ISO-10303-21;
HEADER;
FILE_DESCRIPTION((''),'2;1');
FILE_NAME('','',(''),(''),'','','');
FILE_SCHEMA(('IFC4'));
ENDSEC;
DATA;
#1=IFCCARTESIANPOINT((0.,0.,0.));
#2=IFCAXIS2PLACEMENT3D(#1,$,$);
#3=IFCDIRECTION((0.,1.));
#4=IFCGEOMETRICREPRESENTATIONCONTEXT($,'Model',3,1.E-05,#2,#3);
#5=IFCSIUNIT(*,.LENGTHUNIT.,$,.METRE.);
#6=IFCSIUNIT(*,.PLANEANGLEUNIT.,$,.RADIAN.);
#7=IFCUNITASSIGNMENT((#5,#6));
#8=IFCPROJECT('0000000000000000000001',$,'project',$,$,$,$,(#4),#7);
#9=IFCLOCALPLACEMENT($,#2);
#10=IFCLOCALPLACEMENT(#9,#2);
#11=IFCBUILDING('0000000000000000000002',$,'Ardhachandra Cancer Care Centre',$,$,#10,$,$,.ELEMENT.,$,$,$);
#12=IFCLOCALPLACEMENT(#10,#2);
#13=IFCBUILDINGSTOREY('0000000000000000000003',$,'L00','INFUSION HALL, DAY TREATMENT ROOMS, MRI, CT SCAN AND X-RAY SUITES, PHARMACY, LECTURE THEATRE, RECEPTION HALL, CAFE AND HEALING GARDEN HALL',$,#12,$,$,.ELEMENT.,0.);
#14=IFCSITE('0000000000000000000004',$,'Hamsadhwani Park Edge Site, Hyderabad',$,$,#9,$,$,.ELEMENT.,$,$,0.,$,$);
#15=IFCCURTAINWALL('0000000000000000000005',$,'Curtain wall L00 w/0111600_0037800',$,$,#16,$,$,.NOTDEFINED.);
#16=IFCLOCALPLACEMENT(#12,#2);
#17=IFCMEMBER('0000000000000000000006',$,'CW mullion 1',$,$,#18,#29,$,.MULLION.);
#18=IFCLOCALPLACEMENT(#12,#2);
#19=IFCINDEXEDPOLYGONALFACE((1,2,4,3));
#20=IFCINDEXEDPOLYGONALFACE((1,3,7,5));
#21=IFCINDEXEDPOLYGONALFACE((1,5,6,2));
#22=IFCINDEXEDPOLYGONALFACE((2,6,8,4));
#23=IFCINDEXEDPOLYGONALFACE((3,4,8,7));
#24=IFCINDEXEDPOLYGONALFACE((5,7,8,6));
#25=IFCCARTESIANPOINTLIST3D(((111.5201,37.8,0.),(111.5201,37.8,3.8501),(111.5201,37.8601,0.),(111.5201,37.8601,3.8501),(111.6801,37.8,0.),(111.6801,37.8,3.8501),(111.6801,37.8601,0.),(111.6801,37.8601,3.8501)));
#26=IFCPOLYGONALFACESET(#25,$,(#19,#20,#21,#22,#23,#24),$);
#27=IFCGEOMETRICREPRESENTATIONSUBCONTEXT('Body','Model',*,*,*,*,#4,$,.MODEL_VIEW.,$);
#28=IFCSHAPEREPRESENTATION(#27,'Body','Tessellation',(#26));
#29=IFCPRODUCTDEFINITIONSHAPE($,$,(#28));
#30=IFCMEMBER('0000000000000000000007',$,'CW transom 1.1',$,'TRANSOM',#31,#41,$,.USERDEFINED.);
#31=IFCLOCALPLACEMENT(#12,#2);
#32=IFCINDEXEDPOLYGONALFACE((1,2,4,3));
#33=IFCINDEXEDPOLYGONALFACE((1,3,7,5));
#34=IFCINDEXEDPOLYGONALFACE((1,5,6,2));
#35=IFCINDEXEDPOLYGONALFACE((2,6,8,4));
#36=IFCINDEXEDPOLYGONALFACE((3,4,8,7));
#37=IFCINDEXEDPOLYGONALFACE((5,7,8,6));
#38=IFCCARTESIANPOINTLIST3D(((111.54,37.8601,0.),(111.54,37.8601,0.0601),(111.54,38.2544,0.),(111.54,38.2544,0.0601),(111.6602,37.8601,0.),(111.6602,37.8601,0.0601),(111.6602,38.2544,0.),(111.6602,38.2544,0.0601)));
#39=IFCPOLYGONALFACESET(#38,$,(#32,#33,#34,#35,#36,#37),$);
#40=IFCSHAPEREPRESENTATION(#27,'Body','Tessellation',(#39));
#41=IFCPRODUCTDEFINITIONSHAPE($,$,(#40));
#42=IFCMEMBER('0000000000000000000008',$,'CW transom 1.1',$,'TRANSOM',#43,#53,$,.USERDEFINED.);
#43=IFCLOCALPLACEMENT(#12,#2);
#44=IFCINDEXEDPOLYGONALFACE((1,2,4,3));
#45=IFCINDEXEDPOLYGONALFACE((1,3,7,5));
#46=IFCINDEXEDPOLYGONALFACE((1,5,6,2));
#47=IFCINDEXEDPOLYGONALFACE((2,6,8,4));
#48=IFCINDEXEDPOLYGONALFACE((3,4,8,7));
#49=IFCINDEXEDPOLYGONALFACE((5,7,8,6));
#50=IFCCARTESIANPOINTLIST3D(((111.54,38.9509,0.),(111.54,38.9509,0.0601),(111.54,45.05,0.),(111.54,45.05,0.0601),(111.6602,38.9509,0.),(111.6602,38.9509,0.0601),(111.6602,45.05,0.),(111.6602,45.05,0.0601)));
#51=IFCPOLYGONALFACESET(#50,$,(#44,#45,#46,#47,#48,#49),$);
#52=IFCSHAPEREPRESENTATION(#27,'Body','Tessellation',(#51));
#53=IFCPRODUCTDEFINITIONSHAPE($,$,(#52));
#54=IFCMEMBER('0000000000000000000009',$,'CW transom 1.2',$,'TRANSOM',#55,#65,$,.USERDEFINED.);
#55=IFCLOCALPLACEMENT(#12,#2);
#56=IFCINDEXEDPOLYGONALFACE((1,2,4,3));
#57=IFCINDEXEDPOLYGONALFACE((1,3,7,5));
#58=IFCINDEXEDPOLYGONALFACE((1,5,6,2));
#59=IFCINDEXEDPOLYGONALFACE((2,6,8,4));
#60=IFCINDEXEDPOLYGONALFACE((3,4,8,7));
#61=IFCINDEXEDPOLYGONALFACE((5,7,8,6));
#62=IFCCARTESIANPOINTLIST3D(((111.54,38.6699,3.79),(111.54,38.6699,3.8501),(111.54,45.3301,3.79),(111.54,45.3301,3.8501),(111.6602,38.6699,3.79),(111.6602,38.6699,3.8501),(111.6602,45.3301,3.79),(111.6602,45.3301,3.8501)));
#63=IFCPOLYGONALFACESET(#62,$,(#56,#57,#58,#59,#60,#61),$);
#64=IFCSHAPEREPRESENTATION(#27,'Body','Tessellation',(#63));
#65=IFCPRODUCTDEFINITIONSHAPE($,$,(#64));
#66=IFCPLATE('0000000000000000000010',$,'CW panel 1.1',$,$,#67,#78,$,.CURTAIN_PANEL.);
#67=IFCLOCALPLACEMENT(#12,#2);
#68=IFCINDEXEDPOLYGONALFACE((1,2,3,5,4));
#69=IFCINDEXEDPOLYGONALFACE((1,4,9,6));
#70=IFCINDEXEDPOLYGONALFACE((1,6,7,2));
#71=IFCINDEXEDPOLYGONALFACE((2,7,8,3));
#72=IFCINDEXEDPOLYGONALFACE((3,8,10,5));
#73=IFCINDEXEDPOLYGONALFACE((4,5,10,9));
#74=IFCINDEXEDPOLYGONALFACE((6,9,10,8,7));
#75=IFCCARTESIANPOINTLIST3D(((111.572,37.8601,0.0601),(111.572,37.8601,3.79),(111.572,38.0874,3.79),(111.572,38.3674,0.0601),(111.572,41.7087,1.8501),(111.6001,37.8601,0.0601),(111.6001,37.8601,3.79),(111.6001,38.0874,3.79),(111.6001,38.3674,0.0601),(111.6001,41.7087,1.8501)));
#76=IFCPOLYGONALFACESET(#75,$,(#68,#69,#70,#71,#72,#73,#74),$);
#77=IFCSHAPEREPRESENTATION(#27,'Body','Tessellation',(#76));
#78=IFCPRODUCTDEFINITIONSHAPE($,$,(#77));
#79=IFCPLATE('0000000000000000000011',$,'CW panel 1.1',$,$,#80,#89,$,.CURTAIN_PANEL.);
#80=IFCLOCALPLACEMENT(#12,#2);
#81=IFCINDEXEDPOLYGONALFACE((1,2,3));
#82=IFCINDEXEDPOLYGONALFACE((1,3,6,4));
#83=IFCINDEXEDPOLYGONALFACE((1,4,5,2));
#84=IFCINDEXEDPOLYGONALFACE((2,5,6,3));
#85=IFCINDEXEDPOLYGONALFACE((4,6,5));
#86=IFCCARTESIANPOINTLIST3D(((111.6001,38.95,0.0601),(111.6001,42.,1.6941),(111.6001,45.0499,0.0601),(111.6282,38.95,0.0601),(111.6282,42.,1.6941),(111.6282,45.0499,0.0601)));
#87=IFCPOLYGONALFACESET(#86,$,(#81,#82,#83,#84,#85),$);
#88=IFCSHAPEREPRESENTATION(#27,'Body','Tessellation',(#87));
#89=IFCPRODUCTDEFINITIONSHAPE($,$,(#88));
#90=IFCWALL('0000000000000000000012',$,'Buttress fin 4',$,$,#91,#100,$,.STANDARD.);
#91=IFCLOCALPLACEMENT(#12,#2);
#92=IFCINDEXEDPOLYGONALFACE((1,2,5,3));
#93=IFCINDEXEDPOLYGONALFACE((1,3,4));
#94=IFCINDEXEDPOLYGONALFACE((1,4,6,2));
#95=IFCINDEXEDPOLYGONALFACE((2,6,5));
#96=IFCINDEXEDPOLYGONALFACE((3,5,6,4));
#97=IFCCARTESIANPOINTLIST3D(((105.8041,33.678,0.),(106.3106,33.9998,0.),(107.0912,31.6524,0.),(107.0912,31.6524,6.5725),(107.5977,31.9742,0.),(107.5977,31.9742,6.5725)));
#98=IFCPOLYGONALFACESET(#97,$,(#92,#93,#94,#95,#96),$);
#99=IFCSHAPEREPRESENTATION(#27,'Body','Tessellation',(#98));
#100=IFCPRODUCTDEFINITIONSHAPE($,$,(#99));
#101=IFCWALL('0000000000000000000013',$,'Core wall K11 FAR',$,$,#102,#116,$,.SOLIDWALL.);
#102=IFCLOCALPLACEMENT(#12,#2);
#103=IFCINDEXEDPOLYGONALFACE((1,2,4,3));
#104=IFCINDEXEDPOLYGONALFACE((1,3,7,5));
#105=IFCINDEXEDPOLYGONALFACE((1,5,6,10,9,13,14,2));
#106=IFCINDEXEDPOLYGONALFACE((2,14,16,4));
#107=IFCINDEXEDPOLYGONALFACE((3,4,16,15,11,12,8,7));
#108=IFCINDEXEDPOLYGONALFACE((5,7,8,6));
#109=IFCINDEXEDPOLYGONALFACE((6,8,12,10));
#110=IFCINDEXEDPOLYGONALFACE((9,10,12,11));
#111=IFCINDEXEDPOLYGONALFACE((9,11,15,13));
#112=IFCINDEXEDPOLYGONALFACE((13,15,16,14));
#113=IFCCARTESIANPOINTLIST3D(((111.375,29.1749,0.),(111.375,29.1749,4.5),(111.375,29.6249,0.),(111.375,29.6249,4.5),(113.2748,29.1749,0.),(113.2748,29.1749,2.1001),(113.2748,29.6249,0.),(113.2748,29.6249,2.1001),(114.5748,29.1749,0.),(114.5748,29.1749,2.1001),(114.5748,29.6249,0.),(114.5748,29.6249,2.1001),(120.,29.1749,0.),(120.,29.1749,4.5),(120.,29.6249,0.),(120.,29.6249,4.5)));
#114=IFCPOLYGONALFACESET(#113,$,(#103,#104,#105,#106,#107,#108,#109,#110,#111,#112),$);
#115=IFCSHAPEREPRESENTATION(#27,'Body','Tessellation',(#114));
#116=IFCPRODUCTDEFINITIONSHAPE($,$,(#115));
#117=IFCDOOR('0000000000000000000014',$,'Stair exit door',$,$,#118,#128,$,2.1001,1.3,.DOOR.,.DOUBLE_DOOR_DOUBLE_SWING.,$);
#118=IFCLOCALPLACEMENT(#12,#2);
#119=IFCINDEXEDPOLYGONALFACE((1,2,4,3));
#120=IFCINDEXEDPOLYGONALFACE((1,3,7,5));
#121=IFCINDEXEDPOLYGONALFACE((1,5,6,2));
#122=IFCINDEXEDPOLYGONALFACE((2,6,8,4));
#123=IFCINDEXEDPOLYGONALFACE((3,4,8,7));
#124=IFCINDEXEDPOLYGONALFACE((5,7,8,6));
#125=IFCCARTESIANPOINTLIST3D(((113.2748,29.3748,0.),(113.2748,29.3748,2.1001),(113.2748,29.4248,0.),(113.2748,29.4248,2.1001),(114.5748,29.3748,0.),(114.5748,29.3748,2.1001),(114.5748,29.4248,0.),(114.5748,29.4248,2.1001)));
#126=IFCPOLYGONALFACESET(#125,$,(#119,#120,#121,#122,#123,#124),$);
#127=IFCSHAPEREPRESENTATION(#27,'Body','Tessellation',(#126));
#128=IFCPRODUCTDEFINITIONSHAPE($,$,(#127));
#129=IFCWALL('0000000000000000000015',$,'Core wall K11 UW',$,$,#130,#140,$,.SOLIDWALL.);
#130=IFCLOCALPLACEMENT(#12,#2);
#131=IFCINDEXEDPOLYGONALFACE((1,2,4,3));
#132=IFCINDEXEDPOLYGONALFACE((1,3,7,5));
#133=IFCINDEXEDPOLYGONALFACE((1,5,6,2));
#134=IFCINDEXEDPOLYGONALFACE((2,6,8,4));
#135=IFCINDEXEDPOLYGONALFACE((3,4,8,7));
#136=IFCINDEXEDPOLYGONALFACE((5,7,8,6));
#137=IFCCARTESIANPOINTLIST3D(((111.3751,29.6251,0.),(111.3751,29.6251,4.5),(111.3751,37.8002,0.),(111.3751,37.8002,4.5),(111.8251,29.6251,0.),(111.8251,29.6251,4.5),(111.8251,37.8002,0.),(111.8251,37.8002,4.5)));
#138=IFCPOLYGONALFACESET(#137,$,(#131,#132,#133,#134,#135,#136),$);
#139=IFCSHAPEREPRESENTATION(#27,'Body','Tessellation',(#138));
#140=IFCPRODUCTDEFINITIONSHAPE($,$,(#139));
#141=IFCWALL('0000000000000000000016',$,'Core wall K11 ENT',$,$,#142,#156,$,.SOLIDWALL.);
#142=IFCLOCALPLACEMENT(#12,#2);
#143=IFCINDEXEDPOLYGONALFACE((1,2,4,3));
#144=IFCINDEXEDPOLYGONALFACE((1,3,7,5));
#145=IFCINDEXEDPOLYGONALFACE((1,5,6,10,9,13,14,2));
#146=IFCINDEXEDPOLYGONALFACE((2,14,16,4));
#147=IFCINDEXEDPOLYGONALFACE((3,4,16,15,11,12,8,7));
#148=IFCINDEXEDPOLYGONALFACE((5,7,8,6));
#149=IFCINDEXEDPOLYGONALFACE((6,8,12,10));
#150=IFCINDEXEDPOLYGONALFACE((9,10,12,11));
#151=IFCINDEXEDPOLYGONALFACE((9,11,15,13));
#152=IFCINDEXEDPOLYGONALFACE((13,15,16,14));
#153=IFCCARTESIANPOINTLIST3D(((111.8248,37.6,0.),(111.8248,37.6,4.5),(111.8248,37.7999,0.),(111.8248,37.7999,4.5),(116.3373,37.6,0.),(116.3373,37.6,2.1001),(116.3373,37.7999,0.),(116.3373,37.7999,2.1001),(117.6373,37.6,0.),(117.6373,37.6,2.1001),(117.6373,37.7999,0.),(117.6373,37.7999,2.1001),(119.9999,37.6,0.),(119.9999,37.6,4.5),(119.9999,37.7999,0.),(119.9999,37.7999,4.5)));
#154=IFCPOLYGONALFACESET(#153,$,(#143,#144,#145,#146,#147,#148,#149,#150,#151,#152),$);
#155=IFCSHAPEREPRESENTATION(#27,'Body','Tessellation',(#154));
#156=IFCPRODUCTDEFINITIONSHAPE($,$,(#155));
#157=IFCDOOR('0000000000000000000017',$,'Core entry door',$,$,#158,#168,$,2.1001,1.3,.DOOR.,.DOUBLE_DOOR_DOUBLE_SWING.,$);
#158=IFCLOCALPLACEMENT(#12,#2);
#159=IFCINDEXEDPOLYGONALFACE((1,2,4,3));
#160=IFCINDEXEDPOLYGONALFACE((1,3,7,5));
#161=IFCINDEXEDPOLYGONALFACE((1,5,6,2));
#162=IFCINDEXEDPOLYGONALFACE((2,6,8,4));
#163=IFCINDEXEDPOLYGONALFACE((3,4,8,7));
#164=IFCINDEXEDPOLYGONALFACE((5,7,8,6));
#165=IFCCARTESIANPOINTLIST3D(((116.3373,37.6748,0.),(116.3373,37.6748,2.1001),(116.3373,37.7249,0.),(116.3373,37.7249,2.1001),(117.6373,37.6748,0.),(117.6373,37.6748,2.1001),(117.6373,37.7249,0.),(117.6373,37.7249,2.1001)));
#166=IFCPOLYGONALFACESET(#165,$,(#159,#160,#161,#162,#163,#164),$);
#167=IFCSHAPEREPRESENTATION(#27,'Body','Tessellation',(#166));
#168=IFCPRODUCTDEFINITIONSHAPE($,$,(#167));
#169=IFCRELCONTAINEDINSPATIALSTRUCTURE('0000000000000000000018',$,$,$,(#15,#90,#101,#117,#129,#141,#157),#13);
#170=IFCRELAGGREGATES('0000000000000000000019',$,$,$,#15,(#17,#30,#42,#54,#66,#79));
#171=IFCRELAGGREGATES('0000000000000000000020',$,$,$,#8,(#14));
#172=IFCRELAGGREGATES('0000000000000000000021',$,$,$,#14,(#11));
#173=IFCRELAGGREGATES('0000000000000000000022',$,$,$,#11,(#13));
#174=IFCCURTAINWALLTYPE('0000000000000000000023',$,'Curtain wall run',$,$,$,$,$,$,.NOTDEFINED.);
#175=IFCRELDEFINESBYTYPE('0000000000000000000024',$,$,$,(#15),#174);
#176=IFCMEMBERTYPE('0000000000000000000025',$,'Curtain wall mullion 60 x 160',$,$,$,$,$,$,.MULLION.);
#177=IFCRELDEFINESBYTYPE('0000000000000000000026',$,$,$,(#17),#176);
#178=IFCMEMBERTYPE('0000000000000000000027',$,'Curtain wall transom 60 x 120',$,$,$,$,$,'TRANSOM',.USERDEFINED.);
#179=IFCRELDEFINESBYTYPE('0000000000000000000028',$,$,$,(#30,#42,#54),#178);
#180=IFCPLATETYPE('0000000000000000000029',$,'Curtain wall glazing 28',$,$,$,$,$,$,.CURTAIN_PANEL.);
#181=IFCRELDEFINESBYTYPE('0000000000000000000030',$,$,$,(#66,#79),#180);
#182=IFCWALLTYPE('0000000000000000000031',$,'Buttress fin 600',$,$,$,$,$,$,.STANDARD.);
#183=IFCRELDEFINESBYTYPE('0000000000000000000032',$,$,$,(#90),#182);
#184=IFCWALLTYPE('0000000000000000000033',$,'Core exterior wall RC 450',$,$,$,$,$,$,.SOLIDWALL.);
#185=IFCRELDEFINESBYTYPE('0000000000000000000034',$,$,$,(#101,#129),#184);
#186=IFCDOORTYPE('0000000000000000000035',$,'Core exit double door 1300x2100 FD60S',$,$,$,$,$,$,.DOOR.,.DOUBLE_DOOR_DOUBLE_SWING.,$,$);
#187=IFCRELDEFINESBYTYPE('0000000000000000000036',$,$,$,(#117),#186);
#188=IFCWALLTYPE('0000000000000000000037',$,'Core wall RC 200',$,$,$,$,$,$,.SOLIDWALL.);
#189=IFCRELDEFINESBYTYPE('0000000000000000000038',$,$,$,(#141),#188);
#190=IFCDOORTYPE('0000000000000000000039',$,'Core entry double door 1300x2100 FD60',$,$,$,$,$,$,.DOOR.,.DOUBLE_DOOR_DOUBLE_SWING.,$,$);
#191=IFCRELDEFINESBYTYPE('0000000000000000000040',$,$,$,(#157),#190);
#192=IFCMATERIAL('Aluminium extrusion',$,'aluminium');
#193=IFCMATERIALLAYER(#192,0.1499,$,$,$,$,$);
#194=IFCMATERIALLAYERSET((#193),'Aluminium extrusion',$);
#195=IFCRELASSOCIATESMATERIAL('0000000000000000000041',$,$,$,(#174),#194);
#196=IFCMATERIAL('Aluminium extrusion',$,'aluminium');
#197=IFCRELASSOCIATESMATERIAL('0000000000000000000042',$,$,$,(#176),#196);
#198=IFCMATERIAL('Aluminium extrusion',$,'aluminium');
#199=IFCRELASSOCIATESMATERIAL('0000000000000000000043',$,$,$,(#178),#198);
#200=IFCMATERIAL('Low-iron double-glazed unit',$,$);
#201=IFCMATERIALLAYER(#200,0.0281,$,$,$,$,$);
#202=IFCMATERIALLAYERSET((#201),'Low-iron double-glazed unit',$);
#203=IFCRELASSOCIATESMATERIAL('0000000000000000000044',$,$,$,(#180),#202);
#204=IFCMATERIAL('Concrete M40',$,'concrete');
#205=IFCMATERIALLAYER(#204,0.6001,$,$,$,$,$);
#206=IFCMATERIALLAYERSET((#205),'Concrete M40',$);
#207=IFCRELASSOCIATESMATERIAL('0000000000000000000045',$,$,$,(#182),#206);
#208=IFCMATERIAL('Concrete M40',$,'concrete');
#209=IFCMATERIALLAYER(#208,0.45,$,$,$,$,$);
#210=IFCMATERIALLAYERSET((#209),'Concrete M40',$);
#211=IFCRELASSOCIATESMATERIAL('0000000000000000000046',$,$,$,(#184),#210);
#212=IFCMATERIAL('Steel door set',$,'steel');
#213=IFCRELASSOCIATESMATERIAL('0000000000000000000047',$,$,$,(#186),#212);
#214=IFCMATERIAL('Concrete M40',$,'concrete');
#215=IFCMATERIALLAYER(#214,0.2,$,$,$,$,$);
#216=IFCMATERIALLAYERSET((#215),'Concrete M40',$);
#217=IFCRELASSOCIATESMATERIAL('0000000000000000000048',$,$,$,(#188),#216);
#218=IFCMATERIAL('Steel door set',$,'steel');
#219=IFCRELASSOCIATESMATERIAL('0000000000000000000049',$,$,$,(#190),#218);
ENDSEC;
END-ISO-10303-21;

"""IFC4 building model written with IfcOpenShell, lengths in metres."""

from ifc_helpers import new_model, si_unit, direction, frame, frame_2d, origin, origin_2d, place, context, subcontext, project, spatial, polyline, rectangle, outline, extrude, material, layer, layer_set, material_profile, profile_set, type_object, element, fill, aggregate, save


model = new_model("IFC4")

# Units and contexts
model_context = context("Model", 3, precision=1e-05, world=origin(), true_north=direction((0.0, 1.0)))
body_context = subcontext(model_context, "Body", "Model", "MODEL_VIEW")
ifc_project = project(units=[si_unit("LENGTHUNIT", "METRE"), si_unit("PLANEANGLEUNIT", "RADIAN")], contexts=[model_context])

# Site, building, storey
site_placement = place(None, origin())
site = spatial("IfcSite", under=ifc_project, at=site_placement, Name="Hamsadhwani Park Edge Site, Hyderabad", CompositionType="ELEMENT", RefElevation=0.0)
building_placement = place(site_placement, origin())
building = spatial("IfcBuilding", under=site, at=building_placement, Name="Ardhachandra Cancer Care Centre", CompositionType="ELEMENT")
storey_placement = place(building_placement, origin())
storey = spatial("IfcBuildingStorey", under=building, at=storey_placement, Name="L00", Description="INFUSION HALL, DAY TREATMENT ROOMS, MRI, CT SCAN AND X-RAY SUITES, PHARMACY, LECTURE THEATRE, RECEPTION HALL, CAFE AND HEALING GARDEN HALL", CompositionType="ELEMENT", Elevation=0.0)

# Curtain wall, members, plates
ifc_material_1 = material(Name="Aluminium extrusion", Category="aluminium")
ifc_layer_1 = layer(ifc_material_1, 0.1499)
ifc_layer_set_1 = layer_set([ifc_layer_1], Name="Aluminium extrusion")
curtain_wall_type = type_object("IfcCurtainWallType", Name="Curtain wall run", PredefinedType="NOTDEFINED", material=ifc_layer_set_1)
curtain_wall_placement = place(storey_placement, origin())
curtain_wall = element("IfcCurtainWall", 1, at=curtain_wall_placement, inside=storey, type_object=curtain_wall_type, Name="Curtain wall L00 w/0111600_0037800", PredefinedType="NOTDEFINED")
ifc_material_2 = material(Name="Aluminium extrusion", Category="aluminium")
ifc_material_profile_1 = material_profile(ifc_material_2, rectangle(XDim=0.1599, YDim=0.0601, at=origin_2d()), Name="Curtain wall mullion 60 x 160")
ifc_profile_set_1 = profile_set([ifc_material_profile_1], Name="Aluminium extrusion")
member_type_1 = type_object("IfcMemberType", Name="Curtain wall mullion 60 x 160", PredefinedType="MULLION", material=ifc_profile_set_1)
member_1_placement = place(storey_placement, frame((111.6001, 37.8301, 0.0), z_axis=(0.0, 0.0, 1.0), x_axis=(-1.0, 0.0, 0.0)))
member_1 = element("IfcMember", 2, at=member_1_placement, type_object=member_type_1, Name="CW mullion 1", PredefinedType="MULLION", context=body_context, shape_type="SweptSolid", body=[
    extrude(rectangle(XDim=0.1599, YDim=0.0601, at=origin_2d()), origin(), (0.0, 0.0, 1.0), 3.8501),
])
ifc_material_3 = material(Name="Aluminium extrusion", Category="aluminium")
ifc_material_profile_2 = material_profile(ifc_material_3, rectangle(XDim=0.1201, YDim=0.0601, at=origin_2d()), Name="Curtain wall transom 60 x 120")
ifc_profile_set_2 = profile_set([ifc_material_profile_2], Name="Aluminium extrusion")
member_type_2 = type_object("IfcMemberType", Name="Curtain wall transom 60 x 120", ElementType="TRANSOM", PredefinedType="USERDEFINED", material=ifc_profile_set_2)
member_2_placement = place(storey_placement, frame((111.6001, 37.8601, 0.03), z_axis=(0.0, 1.0, 0.0), x_axis=(-1.0, 0.0, 0.0)))
member_2 = element("IfcMember", 3, at=member_2_placement, type_object=member_type_2, Name="CW transom 1.1", ObjectType="TRANSOM", PredefinedType="USERDEFINED", context=body_context, shape_type="SweptSolid", body=[
    extrude(rectangle(XDim=0.1201, YDim=0.0601, at=origin_2d()), origin(), (0.0, 0.0, 1.0), 0.3943),
])
member_3_placement = place(storey_placement, frame((111.6001, 38.9509, 0.03), z_axis=(0.0, 1.0, 0.0), x_axis=(-1.0, 0.0, 0.0)))
member_3 = element("IfcMember", 4, at=member_3_placement, type_object=member_type_2, Name="CW transom 1.1", ObjectType="TRANSOM", PredefinedType="USERDEFINED", context=body_context, shape_type="SweptSolid", body=[
    extrude(rectangle(XDim=0.1201, YDim=0.0601, at=origin_2d()), origin(), (0.0, 0.0, 1.0), 6.0991),
])
member_4_placement = place(storey_placement, frame((111.6001, 38.6699, 3.8201), z_axis=(0.0, 1.0, 0.0), x_axis=(-1.0, 0.0, 0.0)))
member_4 = element("IfcMember", 5, at=member_4_placement, type_object=member_type_2, Name="CW transom 1.2", ObjectType="TRANSOM", PredefinedType="USERDEFINED", context=body_context, shape_type="SweptSolid", body=[
    extrude(rectangle(XDim=0.1201, YDim=0.0601, at=origin_2d()), origin(), (0.0, 0.0, 1.0), 6.6602),
])
ifc_material_4 = material(Name="Low-iron double-glazed unit")
ifc_layer_2 = layer(ifc_material_4, 0.0281)
ifc_layer_set_2 = layer_set([ifc_layer_2], Name="Low-iron double-glazed unit")
plate_type = type_object("IfcPlateType", Name="Curtain wall glazing 28", PredefinedType="CURTAIN_PANEL", material=ifc_layer_set_2)
plate_1_placement = place(storey_placement, frame((111.6001, 37.8601, 0.0601), z_axis=(-1.0, 0.0, 0.0), x_axis=(0.0, 0.0, 1.0)))
plate_1 = element("IfcPlate", 6, at=plate_1_placement, type_object=plate_type, Name="CW panel 1.1", PredefinedType="CURTAIN_PANEL", context=body_context, shape_type="SweptSolid", body=[
    extrude(outline(polyline([(0.0, 0.0), (3.73, 0.0), (3.73, 0.2273), (1.79, 3.8486), (0.0, 0.5073), (0.0, 0.0)])), origin(), (0.0, 0.0, 1.0), 0.0281),
])
plate_2_placement = place(storey_placement, frame((111.6001, 38.95, 0.0601), z_axis=(-1.0, 0.0, 0.0), x_axis=(0.0, 0.881471, 0.472239)))
plate_2 = element("IfcPlate", 7, at=plate_2_placement, type_object=plate_type, Name="CW panel 1.1", PredefinedType="CURTAIN_PANEL", context=body_context, shape_type="SweptSolid", body=[
    extrude(outline(polyline([(0.0, 0.0), (3.4602, 0.0), (5.377, 2.8806), (0.0, 0.0)])), frame((0.0, 0.0, -0.0281)), (0.0, 0.0, 1.0), 0.0281),
])
aggregate(curtain_wall, [member_1, member_2, member_3, member_4, plate_1, plate_2])

# Wall
ifc_material_5 = material(Name="Concrete M40", Category="concrete")
ifc_layer_3 = layer(ifc_material_5, 0.6001)
ifc_layer_set_3 = layer_set([ifc_layer_3], Name="Concrete M40")
wall_type_1 = type_object("IfcWallType", Name="Buttress fin 600", PredefinedType="STANDARD", material=ifc_layer_set_3)
wall_1_placement = place(storey_placement, frame((106.0574, 33.8389, 0.0), z_axis=(0.0, 0.0, 1.0), x_axis=(0.536303, -0.844026, 0.0)))
element("IfcWall", 8, at=wall_1_placement, inside=storey, type_object=wall_type_1, Name="Buttress fin 4", PredefinedType="STANDARD", context=body_context, shape_type="SweptSolid", body=[
    extrude(outline(polyline([(0.0, 0.0), (2.3999, 0.0), (2.3999, 6.5725), (0.0, 0.0)])), frame((0.0, 0.3, 0.0), z_axis=(0.0, -1.0, 0.0), x_axis=(1.0, 0.0, 0.0)), (0.0, 0.0, 1.0), 0.6001),
])

# Wall, opening, door
ifc_material_6 = material(Name="Concrete M40", Category="concrete")
ifc_layer_4 = layer(ifc_material_6, 0.45)
ifc_layer_set_4 = layer_set([ifc_layer_4], Name="Concrete M40")
wall_type_2 = type_object("IfcWallType", Name="Core exterior wall RC 450", PredefinedType="SOLIDWALL", material=ifc_layer_set_4)
wall_2_placement = place(storey_placement, frame((111.375, 29.3999, 0.0), z_axis=(0.0, 0.0, 1.0), x_axis=(1.0, 0.0, 0.0)))
wall_2 = element("IfcWall", 9, at=wall_2_placement, inside=storey, type_object=wall_type_2, Name="Core wall K11 FAR", PredefinedType="SOLIDWALL", context=body_context, shape_type="SweptSolid", body=[
    extrude(rectangle(XDim=8.625, YDim=0.45, at=frame_2d((4.3125, 0.0))), origin(), (0.0, 0.0, 1.0), 4.5),
])
opening_1_placement = place(wall_2_placement, frame((1.8999, 0.0, 0.0)))
opening_1 = element("IfcOpeningElement", 10, at=opening_1_placement, cuts=wall_2, PredefinedType="OPENING", context=body_context, shape_type="SweptSolid", body=[
    extrude(rectangle(XDim=1.3, YDim=2.1001, at=frame_2d((0.6499, 1.05))), frame((0.0, 0.2349, 0.0), z_axis=(0.0, -1.0, 0.0), x_axis=(1.0, 0.0, 0.0)), (0.0, 0.0, 1.0), 0.47),
])
ifc_material_7 = material(Name="Steel door set", Category="steel")
door_type_1 = type_object("IfcDoorType", Name="Core exit double door 1300x2100 FD60S", OperationType="DOUBLE_DOOR_DOUBLE_SWING", PredefinedType="DOOR", material=ifc_material_7)
door_1_placement = place(opening_1_placement, origin())
door_1 = element("IfcDoor", 11, at=door_1_placement, inside=storey, type_object=door_type_1, Name="Stair exit door", OperationType="DOUBLE_DOOR_DOUBLE_SWING", OverallHeight=2.1001, OverallWidth=1.3, PredefinedType="DOOR", context=body_context, shape_type="SweptSolid", body=[
    extrude(rectangle(XDim=1.3, YDim=2.1001, at=frame_2d((0.6499, 1.05))), frame((0.0, 0.0249, 0.0), z_axis=(0.0, -1.0, 0.0), x_axis=(1.0, 0.0, 0.0)), (0.0, 0.0, 1.0), 0.05),
])
fill(opening_1, door_1)

# Wall
wall_3_placement = place(storey_placement, frame((111.6001, 37.8, 0.0), z_axis=(0.0, 0.0, 1.0), x_axis=(0.0, -1.0, 0.0)))
element("IfcWall", 12, at=wall_3_placement, inside=storey, type_object=wall_type_2, Name="Core wall K11 UW", PredefinedType="SOLIDWALL", context=body_context, shape_type="SweptSolid", body=[
    extrude(rectangle(XDim=8.175, YDim=0.45, at=frame_2d((4.0874, 0.0))), origin(), (0.0, 0.0, 1.0), 4.5),
])

# Wall, opening, door
ifc_material_8 = material(Name="Concrete M40", Category="concrete")
ifc_layer_5 = layer(ifc_material_8, 0.2)
ifc_layer_set_5 = layer_set([ifc_layer_5], Name="Concrete M40")
wall_type_3 = type_object("IfcWallType", Name="Core wall RC 200", PredefinedType="SOLIDWALL", material=ifc_layer_set_5)
wall_4_placement = place(storey_placement, frame((111.825, 37.7, 0.0), z_axis=(0.0, 0.0, 1.0), x_axis=(1.0, 0.0, 0.0)))
wall_4 = element("IfcWall", 13, at=wall_4_placement, inside=storey, type_object=wall_type_3, Name="Core wall K11 ENT", PredefinedType="SOLIDWALL", context=body_context, shape_type="SweptSolid", body=[
    extrude(rectangle(XDim=8.175, YDim=0.2, at=frame_2d((4.0874, 0.0))), origin(), (0.0, 0.0, 1.0), 4.5),
])
opening_2_placement = place(wall_4_placement, frame((4.5125, 0.0, 0.0)))
opening_2 = element("IfcOpeningElement", 14, at=opening_2_placement, cuts=wall_4, PredefinedType="OPENING", context=body_context, shape_type="SweptSolid", body=[
    extrude(rectangle(XDim=1.3, YDim=2.1001, at=frame_2d((0.6499, 1.05))), frame((0.0, 0.1099, 0.0), z_axis=(0.0, -1.0, 0.0), x_axis=(1.0, 0.0, 0.0)), (0.0, 0.0, 1.0), 0.22),
])
ifc_material_9 = material(Name="Steel door set", Category="steel")
door_type_2 = type_object("IfcDoorType", Name="Core entry double door 1300x2100 FD60", OperationType="DOUBLE_DOOR_DOUBLE_SWING", PredefinedType="DOOR", material=ifc_material_9)
door_2_placement = place(opening_2_placement, origin())
door_2 = element("IfcDoor", 15, at=door_2_placement, inside=storey, type_object=door_type_2, Name="Core entry door", OperationType="DOUBLE_DOOR_DOUBLE_SWING", OverallHeight=2.1001, OverallWidth=1.3, PredefinedType="DOOR", context=body_context, shape_type="SweptSolid", body=[
    extrude(rectangle(XDim=1.3, YDim=2.1001, at=frame_2d((0.6499, 1.05))), frame((0.0, 0.0249, 0.0), z_axis=(0.0, -1.0, 0.0), x_axis=(1.0, 0.0, 0.0)), (0.0, 0.0, 1.0), 0.05),
])
fill(opening_2, door_2)

save(model, "model.ifc")
